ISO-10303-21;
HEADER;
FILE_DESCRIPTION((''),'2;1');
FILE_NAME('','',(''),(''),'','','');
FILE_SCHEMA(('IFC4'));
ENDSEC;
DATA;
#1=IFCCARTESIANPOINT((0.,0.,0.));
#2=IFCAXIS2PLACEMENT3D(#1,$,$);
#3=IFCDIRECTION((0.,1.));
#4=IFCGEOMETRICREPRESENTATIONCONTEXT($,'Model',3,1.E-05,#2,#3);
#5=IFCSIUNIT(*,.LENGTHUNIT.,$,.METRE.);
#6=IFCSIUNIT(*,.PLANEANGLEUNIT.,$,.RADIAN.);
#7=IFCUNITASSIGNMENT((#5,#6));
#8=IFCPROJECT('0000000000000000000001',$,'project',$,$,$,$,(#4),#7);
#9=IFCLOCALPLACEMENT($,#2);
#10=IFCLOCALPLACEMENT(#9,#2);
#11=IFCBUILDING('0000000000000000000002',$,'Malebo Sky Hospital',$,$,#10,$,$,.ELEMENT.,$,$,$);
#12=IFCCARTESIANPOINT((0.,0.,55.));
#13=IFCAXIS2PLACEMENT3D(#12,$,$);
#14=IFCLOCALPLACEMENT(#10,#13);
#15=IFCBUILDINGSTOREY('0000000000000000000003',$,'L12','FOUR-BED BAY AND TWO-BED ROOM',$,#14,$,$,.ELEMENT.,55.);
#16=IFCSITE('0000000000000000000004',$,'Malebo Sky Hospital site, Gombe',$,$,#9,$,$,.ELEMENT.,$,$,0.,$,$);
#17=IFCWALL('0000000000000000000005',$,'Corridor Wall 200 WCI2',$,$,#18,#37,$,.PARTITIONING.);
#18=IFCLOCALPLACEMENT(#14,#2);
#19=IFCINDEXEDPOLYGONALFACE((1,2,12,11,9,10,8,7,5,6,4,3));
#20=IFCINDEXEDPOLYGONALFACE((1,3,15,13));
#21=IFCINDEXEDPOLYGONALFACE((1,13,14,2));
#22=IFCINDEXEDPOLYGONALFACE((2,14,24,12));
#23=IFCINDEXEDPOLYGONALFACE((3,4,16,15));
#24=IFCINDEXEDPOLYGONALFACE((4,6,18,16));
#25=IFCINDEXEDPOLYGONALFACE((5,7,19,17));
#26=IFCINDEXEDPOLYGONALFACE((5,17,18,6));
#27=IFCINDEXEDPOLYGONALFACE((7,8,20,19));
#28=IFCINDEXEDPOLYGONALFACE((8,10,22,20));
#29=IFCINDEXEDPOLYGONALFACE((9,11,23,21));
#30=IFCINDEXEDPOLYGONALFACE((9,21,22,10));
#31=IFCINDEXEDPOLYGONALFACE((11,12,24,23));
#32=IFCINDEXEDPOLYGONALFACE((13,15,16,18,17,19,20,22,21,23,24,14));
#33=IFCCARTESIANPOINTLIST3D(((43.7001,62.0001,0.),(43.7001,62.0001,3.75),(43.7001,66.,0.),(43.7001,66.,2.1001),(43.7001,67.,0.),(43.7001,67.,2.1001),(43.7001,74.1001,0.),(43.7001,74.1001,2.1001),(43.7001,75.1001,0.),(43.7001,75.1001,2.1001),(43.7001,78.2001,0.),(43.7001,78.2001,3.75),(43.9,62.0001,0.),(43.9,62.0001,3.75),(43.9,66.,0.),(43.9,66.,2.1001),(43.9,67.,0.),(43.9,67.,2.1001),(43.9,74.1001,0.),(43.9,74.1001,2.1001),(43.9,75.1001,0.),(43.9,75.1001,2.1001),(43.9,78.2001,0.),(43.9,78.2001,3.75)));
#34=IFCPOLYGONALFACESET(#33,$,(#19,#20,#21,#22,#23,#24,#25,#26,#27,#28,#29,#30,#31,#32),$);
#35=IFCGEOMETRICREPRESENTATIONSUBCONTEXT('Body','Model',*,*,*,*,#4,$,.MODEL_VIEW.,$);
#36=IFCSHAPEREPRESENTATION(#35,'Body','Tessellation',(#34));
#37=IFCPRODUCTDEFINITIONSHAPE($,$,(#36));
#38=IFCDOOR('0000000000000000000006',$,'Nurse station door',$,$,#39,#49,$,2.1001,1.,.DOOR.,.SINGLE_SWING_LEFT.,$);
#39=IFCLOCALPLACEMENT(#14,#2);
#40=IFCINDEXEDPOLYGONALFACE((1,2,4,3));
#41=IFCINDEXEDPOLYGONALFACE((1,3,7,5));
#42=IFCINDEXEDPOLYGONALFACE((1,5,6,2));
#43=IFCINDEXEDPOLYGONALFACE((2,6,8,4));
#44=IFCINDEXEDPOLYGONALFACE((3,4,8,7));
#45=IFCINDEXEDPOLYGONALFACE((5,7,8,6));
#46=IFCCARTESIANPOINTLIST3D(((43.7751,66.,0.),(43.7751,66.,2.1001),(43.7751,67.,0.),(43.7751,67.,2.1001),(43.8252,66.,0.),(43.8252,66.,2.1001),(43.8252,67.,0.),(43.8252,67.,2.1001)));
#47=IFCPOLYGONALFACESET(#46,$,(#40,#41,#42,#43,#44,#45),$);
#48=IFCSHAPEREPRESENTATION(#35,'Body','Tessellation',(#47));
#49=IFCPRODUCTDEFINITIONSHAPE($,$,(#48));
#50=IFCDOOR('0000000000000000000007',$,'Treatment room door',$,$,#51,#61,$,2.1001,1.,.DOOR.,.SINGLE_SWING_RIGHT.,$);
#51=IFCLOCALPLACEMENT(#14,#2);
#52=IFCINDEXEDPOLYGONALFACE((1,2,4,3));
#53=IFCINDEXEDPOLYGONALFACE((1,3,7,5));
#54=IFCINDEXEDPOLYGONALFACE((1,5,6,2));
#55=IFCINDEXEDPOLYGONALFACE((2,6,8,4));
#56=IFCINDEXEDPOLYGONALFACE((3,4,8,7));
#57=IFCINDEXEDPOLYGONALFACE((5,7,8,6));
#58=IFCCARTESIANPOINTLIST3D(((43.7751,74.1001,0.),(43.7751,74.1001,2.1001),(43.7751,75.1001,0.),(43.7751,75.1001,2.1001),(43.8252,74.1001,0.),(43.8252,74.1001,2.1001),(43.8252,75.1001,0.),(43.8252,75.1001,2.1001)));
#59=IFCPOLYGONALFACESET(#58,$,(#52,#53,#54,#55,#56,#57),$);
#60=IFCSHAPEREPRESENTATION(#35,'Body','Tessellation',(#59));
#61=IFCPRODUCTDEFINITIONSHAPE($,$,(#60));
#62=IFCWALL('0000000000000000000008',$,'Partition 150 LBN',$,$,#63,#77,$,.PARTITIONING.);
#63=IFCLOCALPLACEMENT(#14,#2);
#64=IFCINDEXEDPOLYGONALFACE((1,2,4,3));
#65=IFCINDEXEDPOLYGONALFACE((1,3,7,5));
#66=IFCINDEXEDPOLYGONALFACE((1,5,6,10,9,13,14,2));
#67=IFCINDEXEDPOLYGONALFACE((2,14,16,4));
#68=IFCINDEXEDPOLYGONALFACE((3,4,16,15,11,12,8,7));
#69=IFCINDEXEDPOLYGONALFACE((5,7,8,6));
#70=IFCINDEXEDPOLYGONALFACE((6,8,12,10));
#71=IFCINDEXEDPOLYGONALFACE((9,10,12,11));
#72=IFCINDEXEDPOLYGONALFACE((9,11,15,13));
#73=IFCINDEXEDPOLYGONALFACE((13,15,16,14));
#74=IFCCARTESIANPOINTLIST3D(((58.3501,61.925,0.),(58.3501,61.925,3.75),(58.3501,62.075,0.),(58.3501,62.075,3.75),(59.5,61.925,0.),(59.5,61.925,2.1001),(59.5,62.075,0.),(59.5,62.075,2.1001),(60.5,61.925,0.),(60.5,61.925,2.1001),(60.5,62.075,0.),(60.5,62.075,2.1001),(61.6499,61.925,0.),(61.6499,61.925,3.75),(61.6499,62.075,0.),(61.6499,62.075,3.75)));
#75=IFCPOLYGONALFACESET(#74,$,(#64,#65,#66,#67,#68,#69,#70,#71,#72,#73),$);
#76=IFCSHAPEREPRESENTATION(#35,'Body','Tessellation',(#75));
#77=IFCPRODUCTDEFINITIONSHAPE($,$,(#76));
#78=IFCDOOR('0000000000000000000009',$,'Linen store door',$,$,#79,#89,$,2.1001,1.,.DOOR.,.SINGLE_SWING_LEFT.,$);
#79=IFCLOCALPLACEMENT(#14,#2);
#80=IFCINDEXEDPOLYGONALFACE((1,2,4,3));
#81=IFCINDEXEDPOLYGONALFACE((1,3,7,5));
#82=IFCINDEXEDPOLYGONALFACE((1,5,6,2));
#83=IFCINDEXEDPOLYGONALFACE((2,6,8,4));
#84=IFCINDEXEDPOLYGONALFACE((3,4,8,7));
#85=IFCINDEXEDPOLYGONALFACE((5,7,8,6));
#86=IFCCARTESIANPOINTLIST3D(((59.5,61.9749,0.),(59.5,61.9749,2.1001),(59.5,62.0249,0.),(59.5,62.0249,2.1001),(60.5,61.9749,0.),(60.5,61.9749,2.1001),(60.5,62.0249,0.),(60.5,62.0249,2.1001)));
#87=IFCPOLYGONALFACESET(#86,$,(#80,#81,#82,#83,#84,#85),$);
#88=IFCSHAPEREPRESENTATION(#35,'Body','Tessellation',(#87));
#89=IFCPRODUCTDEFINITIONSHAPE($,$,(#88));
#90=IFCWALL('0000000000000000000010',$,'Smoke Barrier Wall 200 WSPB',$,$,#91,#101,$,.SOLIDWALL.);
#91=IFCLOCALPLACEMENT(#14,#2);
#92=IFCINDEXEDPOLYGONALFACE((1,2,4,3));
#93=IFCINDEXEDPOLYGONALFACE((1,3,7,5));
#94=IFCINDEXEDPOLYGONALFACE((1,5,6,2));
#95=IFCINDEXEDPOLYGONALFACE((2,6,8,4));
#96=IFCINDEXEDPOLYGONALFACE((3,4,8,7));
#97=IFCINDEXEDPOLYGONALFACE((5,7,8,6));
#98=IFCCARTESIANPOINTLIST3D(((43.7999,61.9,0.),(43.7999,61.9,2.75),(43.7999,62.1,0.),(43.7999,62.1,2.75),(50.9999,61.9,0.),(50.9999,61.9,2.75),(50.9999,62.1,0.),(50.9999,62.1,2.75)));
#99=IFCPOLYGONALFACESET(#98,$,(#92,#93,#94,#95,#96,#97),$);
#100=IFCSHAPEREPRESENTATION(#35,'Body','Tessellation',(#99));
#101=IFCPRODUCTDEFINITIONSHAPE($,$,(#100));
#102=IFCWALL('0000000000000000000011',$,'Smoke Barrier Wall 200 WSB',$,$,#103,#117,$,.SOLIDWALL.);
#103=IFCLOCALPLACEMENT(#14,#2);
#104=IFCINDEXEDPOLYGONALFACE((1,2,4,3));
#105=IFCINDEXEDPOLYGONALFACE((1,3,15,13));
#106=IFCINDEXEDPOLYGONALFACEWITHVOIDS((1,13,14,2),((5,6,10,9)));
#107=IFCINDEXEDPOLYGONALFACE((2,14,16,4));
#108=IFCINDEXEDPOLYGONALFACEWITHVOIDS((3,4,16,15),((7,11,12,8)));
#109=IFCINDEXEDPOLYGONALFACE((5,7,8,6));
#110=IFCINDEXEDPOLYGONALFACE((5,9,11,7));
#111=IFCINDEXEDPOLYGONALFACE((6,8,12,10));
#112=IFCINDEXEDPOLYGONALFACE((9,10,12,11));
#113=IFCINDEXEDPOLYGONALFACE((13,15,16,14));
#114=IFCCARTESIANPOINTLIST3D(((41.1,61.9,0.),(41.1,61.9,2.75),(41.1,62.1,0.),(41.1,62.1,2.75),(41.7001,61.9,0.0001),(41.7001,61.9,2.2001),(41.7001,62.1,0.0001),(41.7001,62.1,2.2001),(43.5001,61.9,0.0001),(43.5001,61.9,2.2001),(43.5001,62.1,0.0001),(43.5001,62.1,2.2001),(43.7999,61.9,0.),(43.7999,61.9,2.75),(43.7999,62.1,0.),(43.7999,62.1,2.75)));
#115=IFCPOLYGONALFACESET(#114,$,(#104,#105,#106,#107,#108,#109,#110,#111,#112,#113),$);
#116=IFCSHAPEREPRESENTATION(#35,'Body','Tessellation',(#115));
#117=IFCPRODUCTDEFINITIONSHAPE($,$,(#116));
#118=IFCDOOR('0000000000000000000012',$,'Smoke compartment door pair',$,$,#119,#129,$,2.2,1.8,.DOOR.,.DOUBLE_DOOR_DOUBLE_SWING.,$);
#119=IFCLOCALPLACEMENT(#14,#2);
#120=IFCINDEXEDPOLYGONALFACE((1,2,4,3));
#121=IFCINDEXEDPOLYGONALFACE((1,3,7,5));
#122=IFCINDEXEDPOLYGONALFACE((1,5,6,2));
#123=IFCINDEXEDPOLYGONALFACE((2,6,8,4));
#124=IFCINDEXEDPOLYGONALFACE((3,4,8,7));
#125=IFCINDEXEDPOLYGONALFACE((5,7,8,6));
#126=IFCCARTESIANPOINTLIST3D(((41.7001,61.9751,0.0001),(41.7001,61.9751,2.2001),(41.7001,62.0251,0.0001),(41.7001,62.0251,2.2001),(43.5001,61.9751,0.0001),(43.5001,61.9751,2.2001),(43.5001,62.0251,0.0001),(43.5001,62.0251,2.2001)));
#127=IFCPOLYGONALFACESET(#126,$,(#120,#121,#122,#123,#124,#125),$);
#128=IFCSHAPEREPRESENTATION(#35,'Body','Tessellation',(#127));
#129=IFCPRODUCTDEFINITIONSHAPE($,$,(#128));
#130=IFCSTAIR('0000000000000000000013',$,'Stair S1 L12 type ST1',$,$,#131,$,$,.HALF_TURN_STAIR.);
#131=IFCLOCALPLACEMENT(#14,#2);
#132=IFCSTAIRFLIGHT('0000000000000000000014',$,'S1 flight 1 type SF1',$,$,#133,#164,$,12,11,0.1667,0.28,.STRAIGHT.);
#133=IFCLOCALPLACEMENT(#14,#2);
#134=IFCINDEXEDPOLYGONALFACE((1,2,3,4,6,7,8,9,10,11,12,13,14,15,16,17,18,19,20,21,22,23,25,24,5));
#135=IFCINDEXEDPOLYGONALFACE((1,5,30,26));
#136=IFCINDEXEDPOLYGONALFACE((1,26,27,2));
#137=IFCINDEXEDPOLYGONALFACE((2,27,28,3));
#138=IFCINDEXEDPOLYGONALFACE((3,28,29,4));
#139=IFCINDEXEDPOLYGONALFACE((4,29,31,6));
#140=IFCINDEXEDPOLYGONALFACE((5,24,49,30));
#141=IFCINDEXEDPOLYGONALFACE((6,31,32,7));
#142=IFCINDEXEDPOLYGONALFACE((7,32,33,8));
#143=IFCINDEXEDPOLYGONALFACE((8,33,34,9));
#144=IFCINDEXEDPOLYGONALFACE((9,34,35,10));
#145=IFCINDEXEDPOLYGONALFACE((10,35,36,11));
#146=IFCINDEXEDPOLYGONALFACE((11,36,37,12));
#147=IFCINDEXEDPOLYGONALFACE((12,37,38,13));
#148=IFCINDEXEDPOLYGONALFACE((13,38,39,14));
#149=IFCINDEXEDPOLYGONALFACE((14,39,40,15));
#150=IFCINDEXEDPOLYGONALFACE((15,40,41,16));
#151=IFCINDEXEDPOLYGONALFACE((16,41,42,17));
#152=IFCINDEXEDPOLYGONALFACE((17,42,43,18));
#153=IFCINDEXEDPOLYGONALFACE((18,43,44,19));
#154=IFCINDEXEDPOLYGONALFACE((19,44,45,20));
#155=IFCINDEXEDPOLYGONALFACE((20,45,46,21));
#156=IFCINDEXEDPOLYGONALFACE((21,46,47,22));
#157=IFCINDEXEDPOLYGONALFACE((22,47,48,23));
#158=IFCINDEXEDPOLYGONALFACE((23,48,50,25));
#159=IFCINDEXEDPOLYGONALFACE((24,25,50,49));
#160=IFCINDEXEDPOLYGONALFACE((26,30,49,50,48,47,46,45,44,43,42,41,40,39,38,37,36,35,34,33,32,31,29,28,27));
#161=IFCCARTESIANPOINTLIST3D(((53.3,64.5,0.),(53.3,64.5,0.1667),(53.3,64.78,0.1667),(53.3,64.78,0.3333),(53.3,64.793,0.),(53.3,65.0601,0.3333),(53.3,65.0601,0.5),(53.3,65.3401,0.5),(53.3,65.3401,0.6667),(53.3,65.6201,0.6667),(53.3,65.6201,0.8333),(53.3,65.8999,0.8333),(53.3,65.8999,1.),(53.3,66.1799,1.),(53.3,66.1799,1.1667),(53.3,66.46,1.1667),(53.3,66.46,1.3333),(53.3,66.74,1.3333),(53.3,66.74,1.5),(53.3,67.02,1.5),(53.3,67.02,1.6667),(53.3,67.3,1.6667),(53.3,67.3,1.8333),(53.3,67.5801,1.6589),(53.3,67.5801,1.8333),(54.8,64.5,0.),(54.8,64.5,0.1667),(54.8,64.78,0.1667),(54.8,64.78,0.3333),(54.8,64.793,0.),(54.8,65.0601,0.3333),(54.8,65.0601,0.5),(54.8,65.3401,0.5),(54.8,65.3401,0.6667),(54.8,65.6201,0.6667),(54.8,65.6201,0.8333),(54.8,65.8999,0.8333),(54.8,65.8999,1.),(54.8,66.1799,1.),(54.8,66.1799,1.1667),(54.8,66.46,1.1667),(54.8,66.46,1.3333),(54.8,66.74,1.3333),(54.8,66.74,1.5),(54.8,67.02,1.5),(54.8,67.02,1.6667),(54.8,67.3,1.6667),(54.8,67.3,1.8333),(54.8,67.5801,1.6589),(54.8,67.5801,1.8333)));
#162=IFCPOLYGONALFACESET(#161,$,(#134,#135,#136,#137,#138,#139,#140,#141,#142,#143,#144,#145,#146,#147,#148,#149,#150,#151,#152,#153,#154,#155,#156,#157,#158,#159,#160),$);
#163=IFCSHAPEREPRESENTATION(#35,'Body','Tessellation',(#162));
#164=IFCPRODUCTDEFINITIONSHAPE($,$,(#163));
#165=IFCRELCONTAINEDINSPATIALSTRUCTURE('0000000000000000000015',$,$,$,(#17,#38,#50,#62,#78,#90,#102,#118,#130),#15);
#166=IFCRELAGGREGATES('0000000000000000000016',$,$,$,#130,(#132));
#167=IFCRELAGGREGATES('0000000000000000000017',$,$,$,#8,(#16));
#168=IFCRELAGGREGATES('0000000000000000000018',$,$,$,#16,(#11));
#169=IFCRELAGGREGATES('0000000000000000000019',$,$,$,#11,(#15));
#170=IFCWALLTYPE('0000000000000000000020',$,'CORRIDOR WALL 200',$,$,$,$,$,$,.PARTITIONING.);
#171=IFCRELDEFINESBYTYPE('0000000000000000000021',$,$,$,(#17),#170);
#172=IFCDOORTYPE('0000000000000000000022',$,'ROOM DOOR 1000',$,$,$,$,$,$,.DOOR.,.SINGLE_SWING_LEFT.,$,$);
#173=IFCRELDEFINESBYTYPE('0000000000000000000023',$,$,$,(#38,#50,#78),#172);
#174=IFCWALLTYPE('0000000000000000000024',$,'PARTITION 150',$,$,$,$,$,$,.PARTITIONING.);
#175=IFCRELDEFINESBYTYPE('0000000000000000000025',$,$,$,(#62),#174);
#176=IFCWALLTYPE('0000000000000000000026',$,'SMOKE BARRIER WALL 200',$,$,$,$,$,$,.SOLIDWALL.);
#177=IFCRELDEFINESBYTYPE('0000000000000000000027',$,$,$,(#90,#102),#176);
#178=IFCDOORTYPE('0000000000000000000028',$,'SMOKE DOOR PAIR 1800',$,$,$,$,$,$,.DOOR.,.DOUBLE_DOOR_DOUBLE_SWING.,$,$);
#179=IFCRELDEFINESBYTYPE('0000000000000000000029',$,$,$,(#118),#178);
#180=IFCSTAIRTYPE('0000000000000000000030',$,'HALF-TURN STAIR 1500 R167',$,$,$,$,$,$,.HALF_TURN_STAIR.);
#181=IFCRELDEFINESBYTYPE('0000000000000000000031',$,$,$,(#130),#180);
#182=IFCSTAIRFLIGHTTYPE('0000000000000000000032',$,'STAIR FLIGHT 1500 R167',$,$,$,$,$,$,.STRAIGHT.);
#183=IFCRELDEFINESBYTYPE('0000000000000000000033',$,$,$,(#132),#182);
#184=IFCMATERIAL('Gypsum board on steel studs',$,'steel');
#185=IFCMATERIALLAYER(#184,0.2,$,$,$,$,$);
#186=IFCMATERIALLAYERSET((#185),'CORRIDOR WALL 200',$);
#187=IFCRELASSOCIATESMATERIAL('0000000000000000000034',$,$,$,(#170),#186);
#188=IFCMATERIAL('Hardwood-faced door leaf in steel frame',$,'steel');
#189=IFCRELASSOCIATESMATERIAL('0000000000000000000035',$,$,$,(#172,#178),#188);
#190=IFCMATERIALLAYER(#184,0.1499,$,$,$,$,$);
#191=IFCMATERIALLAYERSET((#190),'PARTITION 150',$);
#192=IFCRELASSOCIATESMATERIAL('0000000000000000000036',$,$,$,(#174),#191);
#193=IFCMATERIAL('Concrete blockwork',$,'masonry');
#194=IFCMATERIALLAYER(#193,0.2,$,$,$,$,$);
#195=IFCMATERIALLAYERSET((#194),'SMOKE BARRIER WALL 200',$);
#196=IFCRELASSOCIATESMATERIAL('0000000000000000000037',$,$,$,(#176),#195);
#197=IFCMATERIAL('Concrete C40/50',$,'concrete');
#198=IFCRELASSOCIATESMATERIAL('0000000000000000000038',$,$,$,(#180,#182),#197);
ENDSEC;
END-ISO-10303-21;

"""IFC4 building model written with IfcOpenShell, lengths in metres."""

from ifc_helpers import new_model, si_unit, direction, frame, frame_2d, origin, place, context, subcontext, project, spatial, polyline, rectangle, outline, extrude, material, layer, layer_set, type_object, element, fill, aggregate, save


model = new_model("IFC4")

# Units and contexts
model_context = context("Model", 3, precision=1e-05, world=origin(), true_north=direction((0.0, 1.0)))
body_context = subcontext(model_context, "Body", "Model", "MODEL_VIEW")
ifc_project = project(units=[si_unit("LENGTHUNIT", "METRE"), si_unit("PLANEANGLEUNIT", "RADIAN")], contexts=[model_context])

# Site, building, storey
site_placement = place(None, origin())
site = spatial("IfcSite", under=ifc_project, at=site_placement, Name="Malebo Sky Hospital site, Gombe", CompositionType="ELEMENT", RefElevation=0.0)
building_placement = place(site_placement, origin())
building = spatial("IfcBuilding", under=site, at=building_placement, Name="Malebo Sky Hospital", CompositionType="ELEMENT")
storey_placement = place(building_placement, frame((0.0, 0.0, 55.0)))
storey = spatial("IfcBuildingStorey", under=building, at=storey_placement, Name="L12", Description="FOUR-BED BAY AND TWO-BED ROOM", CompositionType="ELEMENT", Elevation=55.0)

# Shared definitions
ifc_material_1 = material(Name="Hardwood-faced door leaf in steel frame", Category="steel")

# Wall, openings, doors
ifc_material_2 = material(Name="Gypsum board on steel studs", Category="steel")
ifc_layer_1 = layer(ifc_material_2, 0.2)
ifc_layer_set_1 = layer_set([ifc_layer_1], Name="CORRIDOR WALL 200")
wall_type_1 = type_object("IfcWallType", Name="CORRIDOR WALL 200", PredefinedType="PARTITIONING", material=ifc_layer_set_1)
wall_1_placement = place(storey_placement, frame((43.8, 62.0, 0.0), z_axis=(0.0, 0.0, 1.0), x_axis=(0.0, 1.0, 0.0)))
wall_1 = element("IfcWall", 1, at=wall_1_placement, inside=storey, type_object=wall_type_1, Name="Corridor Wall 200 WCI2", PredefinedType="PARTITIONING", context=body_context, shape_type="SweptSolid", body=[
    extrude(rectangle(XDim=16.2, YDim=0.2, at=frame_2d((8.1001, 0.0))), origin(), (0.0, 0.0, 1.0), 3.75),
])
opening_1_placement = place(wall_1_placement, frame((4.0, 0.0, 0.0)))
opening_1 = element("IfcOpeningElement", 2, at=opening_1_placement, cuts=wall_1, PredefinedType="OPENING", context=body_context, shape_type="SweptSolid", body=[
    extrude(rectangle(XDim=1.0, YDim=2.1001, at=frame_2d((0.5, 1.05))), frame((0.0, 0.1099, 0.0), z_axis=(0.0, -1.0, 0.0), x_axis=(1.0, 0.0, 0.0)), (0.0, 0.0, 1.0), 0.22),
])
opening_2_placement = place(wall_1_placement, frame((12.1001, 0.0, 0.0)))
opening_2 = element("IfcOpeningElement", 3, at=opening_2_placement, cuts=wall_1, PredefinedType="OPENING", context=body_context, shape_type="SweptSolid", body=[
    extrude(rectangle(XDim=1.0, YDim=2.1001, at=frame_2d((0.5, 1.05))), frame((0.0, 0.1099, 0.0), z_axis=(0.0, -1.0, 0.0), x_axis=(1.0, 0.0, 0.0)), (0.0, 0.0, 1.0), 0.22),
])
door_type_1 = type_object("IfcDoorType", Name="ROOM DOOR 1000", OperationType="SINGLE_SWING_LEFT", PredefinedType="DOOR", material=ifc_material_1)
door_1_placement = place(opening_1_placement, origin())
door_1 = element("IfcDoor", 4, at=door_1_placement, inside=storey, type_object=door_type_1, Name="Nurse station door", OperationType="SINGLE_SWING_LEFT", OverallHeight=2.1001, OverallWidth=1.0, PredefinedType="DOOR", context=body_context, shape_type="SweptSolid", body=[
    extrude(rectangle(XDim=1.0, YDim=2.1001, at=frame_2d((0.5, 1.05))), frame((0.0, 0.0249, 0.0), z_axis=(0.0, -1.0, 0.0), x_axis=(1.0, 0.0, 0.0)), (0.0, 0.0, 1.0), 0.05),
])
fill(opening_1, door_1)
door_2_placement = place(opening_2_placement, origin())
door_2 = element("IfcDoor", 5, at=door_2_placement, inside=storey, type_object=door_type_1, Name="Treatment room door", OperationType="SINGLE_SWING_RIGHT", OverallHeight=2.1001, OverallWidth=1.0, PredefinedType="DOOR", context=body_context, shape_type="SweptSolid", body=[
    extrude(rectangle(XDim=1.0, YDim=2.1001, at=frame_2d((0.5, 1.05))), frame((0.0, 0.0249, 0.0), z_axis=(0.0, -1.0, 0.0), x_axis=(1.0, 0.0, 0.0)), (0.0, 0.0, 1.0), 0.05),
])
fill(opening_2, door_2)

# Wall, opening, door
ifc_layer_2 = layer(ifc_material_2, 0.1499)
ifc_layer_set_2 = layer_set([ifc_layer_2], Name="PARTITION 150")
wall_type_2 = type_object("IfcWallType", Name="PARTITION 150", PredefinedType="PARTITIONING", material=ifc_layer_set_2)
wall_2_placement = place(storey_placement, frame((58.3501, 62.0, 0.0), z_axis=(0.0, 0.0, 1.0), x_axis=(1.0, 0.0, 0.0)))
wall_2 = element("IfcWall", 6, at=wall_2_placement, inside=storey, type_object=wall_type_2, Name="Partition 150 LBN", PredefinedType="PARTITIONING", context=body_context, shape_type="SweptSolid", body=[
    extrude(rectangle(XDim=3.2998, YDim=0.1499, at=frame_2d((1.6499, 0.0))), origin(), (0.0, 0.0, 1.0), 3.75),
])
opening_3_placement = place(wall_2_placement, frame((1.1499, 0.0, 0.0)))
opening_3 = element("IfcOpeningElement", 7, at=opening_3_placement, cuts=wall_2, PredefinedType="OPENING", context=body_context, shape_type="SweptSolid", body=[
    extrude(rectangle(XDim=1.0, YDim=2.1001, at=frame_2d((0.5, 1.05))), frame((0.0, 0.085, 0.0), z_axis=(0.0, -1.0, 0.0), x_axis=(1.0, 0.0, 0.0)), (0.0, 0.0, 1.0), 0.1699),
])
door_3_placement = place(opening_3_placement, origin())
door_3 = element("IfcDoor", 8, at=door_3_placement, inside=storey, type_object=door_type_1, Name="Linen store door", OperationType="SINGLE_SWING_LEFT", OverallHeight=2.1001, OverallWidth=1.0, PredefinedType="DOOR", context=body_context, shape_type="SweptSolid", body=[
    extrude(rectangle(XDim=1.0, YDim=2.1001, at=frame_2d((0.5, 1.05))), frame((0.0, 0.0249, 0.0), z_axis=(0.0, -1.0, 0.0), x_axis=(1.0, 0.0, 0.0)), (0.0, 0.0, 1.0), 0.05),
])
fill(opening_3, door_3)

# Wall
ifc_material_3 = material(Name="Concrete blockwork", Category="masonry")
ifc_layer_3 = layer(ifc_material_3, 0.2)
ifc_layer_set_3 = layer_set([ifc_layer_3], Name="SMOKE BARRIER WALL 200")
wall_type_3 = type_object("IfcWallType", Name="SMOKE BARRIER WALL 200", PredefinedType="SOLIDWALL", material=ifc_layer_set_3)
wall_3_placement = place(storey_placement, frame((51.0, 62.0, 0.0), z_axis=(0.0, 0.0, 1.0), x_axis=(-1.0, 0.0, 0.0)))
element("IfcWall", 9, at=wall_3_placement, inside=storey, type_object=wall_type_3, Name="Smoke Barrier Wall 200 WSPB", PredefinedType="SOLIDWALL", context=body_context, shape_type="SweptSolid", body=[
    extrude(rectangle(XDim=7.2, YDim=0.2, at=frame_2d((3.6001, 0.0))), origin(), (0.0, 0.0, 1.0), 2.75),
])

# Wall, opening, door
wall_4_placement = place(storey_placement, frame((43.8, 62.0, 0.0), z_axis=(0.0, 0.0, 1.0), x_axis=(-1.0, 0.0, 0.0)))
wall_4 = element("IfcWall", 10, at=wall_4_placement, inside=storey, type_object=wall_type_3, Name="Smoke Barrier Wall 200 WSB", PredefinedType="SOLIDWALL", context=body_context, shape_type="SweptSolid", body=[
    extrude(rectangle(XDim=2.7, YDim=0.2, at=frame_2d((1.3501, 0.0))), origin(), (0.0, 0.0, 1.0), 2.75),
])
opening_4_placement = place(wall_4_placement, frame((0.3, 0.0, 0.0)))
opening_4 = element("IfcOpeningElement", 11, at=opening_4_placement, cuts=wall_4, PredefinedType="OPENING", context=body_context, shape_type="SweptSolid", body=[
    extrude(rectangle(XDim=1.8, YDim=2.2, at=frame_2d((0.8999, 1.1001))), frame((0.0, 0.1099, 0.0), z_axis=(0.0, -1.0, 0.0), x_axis=(1.0, 0.0, 0.0)), (0.0, 0.0, 1.0), 0.22),
])
door_type_2 = type_object("IfcDoorType", Name="SMOKE DOOR PAIR 1800", OperationType="DOUBLE_DOOR_DOUBLE_SWING", PredefinedType="DOOR", material=ifc_material_1)
door_4_placement = place(opening_4_placement, origin())
door_4 = element("IfcDoor", 12, at=door_4_placement, inside=storey, type_object=door_type_2, Name="Smoke compartment door pair", OperationType="DOUBLE_DOOR_DOUBLE_SWING", OverallHeight=2.2, OverallWidth=1.8, PredefinedType="DOOR", context=body_context, shape_type="SweptSolid", body=[
    extrude(rectangle(XDim=1.8, YDim=2.2, at=frame_2d((0.8999, 1.1001))), frame((0.0, 0.0249, 0.0), z_axis=(0.0, -1.0, 0.0), x_axis=(1.0, 0.0, 0.0)), (0.0, 0.0, 1.0), 0.05),
])
fill(opening_4, door_4)

# Stair, stair flight
ifc_material_4 = material(Name="Concrete C40/50", Category="concrete")
stair_type = type_object("IfcStairType", Name="HALF-TURN STAIR 1500 R167", PredefinedType="HALF_TURN_STAIR", material=ifc_material_4)
stair_placement = place(storey_placement, origin())
stair = element("IfcStair", 13, at=stair_placement, inside=storey, type_object=stair_type, Name="Stair S1 L12 type ST1", PredefinedType="HALF_TURN_STAIR")
stair_flight_type = type_object("IfcStairFlightType", Name="STAIR FLIGHT 1500 R167", PredefinedType="STRAIGHT", material=ifc_material_4)
stair_flight_1_placement = place(storey_placement, frame((54.05, 64.5, 0.0), z_axis=(0.0, 0.0, 1.0), x_axis=(0.0, 1.0, 0.0)))
stair_flight_1 = element("IfcStairFlight", 14, at=stair_flight_1_placement, type_object=stair_flight_type, Name="S1 flight 1 type SF1", NumberOfRisers=12, NumberOfTreads=11, PredefinedType="STRAIGHT", RiserHeight=0.1667, TreadLength=0.28, context=body_context, shape_type="SweptSolid", body=[
    extrude(outline(polyline([(0.0, 0.0), (0.0, 0.1667), (0.28, 0.1667), (0.28, 0.3333), (0.5601, 0.3333), (0.5601, 0.5), (0.8401, 0.5), (0.8401, 0.6667), (1.1201, 0.6667), (1.1201, 0.8333), (1.3999, 0.8333), (1.3999, 1.0), (1.6799, 1.0), (1.6799, 1.1667), (1.96, 1.1667), (1.96, 1.3333), (2.24, 1.3333), (2.24, 1.5), (2.52, 1.5), (2.52, 1.6667), (2.8, 1.6667), (2.8, 1.8333), (3.0801, 1.8333), (3.0801, 2.0), (3.0801, 1.6589), (0.293, 0.0), (0.0, 0.0)])), frame((0.0, 0.75, 0.0), z_axis=(0.0, -1.0, 0.0), x_axis=(1.0, 0.0, 0.0)), (0.0, 0.0, 1.0), 1.5),
])
aggregate(stair, [stair_flight_1])

save(model, "model.ifc")
